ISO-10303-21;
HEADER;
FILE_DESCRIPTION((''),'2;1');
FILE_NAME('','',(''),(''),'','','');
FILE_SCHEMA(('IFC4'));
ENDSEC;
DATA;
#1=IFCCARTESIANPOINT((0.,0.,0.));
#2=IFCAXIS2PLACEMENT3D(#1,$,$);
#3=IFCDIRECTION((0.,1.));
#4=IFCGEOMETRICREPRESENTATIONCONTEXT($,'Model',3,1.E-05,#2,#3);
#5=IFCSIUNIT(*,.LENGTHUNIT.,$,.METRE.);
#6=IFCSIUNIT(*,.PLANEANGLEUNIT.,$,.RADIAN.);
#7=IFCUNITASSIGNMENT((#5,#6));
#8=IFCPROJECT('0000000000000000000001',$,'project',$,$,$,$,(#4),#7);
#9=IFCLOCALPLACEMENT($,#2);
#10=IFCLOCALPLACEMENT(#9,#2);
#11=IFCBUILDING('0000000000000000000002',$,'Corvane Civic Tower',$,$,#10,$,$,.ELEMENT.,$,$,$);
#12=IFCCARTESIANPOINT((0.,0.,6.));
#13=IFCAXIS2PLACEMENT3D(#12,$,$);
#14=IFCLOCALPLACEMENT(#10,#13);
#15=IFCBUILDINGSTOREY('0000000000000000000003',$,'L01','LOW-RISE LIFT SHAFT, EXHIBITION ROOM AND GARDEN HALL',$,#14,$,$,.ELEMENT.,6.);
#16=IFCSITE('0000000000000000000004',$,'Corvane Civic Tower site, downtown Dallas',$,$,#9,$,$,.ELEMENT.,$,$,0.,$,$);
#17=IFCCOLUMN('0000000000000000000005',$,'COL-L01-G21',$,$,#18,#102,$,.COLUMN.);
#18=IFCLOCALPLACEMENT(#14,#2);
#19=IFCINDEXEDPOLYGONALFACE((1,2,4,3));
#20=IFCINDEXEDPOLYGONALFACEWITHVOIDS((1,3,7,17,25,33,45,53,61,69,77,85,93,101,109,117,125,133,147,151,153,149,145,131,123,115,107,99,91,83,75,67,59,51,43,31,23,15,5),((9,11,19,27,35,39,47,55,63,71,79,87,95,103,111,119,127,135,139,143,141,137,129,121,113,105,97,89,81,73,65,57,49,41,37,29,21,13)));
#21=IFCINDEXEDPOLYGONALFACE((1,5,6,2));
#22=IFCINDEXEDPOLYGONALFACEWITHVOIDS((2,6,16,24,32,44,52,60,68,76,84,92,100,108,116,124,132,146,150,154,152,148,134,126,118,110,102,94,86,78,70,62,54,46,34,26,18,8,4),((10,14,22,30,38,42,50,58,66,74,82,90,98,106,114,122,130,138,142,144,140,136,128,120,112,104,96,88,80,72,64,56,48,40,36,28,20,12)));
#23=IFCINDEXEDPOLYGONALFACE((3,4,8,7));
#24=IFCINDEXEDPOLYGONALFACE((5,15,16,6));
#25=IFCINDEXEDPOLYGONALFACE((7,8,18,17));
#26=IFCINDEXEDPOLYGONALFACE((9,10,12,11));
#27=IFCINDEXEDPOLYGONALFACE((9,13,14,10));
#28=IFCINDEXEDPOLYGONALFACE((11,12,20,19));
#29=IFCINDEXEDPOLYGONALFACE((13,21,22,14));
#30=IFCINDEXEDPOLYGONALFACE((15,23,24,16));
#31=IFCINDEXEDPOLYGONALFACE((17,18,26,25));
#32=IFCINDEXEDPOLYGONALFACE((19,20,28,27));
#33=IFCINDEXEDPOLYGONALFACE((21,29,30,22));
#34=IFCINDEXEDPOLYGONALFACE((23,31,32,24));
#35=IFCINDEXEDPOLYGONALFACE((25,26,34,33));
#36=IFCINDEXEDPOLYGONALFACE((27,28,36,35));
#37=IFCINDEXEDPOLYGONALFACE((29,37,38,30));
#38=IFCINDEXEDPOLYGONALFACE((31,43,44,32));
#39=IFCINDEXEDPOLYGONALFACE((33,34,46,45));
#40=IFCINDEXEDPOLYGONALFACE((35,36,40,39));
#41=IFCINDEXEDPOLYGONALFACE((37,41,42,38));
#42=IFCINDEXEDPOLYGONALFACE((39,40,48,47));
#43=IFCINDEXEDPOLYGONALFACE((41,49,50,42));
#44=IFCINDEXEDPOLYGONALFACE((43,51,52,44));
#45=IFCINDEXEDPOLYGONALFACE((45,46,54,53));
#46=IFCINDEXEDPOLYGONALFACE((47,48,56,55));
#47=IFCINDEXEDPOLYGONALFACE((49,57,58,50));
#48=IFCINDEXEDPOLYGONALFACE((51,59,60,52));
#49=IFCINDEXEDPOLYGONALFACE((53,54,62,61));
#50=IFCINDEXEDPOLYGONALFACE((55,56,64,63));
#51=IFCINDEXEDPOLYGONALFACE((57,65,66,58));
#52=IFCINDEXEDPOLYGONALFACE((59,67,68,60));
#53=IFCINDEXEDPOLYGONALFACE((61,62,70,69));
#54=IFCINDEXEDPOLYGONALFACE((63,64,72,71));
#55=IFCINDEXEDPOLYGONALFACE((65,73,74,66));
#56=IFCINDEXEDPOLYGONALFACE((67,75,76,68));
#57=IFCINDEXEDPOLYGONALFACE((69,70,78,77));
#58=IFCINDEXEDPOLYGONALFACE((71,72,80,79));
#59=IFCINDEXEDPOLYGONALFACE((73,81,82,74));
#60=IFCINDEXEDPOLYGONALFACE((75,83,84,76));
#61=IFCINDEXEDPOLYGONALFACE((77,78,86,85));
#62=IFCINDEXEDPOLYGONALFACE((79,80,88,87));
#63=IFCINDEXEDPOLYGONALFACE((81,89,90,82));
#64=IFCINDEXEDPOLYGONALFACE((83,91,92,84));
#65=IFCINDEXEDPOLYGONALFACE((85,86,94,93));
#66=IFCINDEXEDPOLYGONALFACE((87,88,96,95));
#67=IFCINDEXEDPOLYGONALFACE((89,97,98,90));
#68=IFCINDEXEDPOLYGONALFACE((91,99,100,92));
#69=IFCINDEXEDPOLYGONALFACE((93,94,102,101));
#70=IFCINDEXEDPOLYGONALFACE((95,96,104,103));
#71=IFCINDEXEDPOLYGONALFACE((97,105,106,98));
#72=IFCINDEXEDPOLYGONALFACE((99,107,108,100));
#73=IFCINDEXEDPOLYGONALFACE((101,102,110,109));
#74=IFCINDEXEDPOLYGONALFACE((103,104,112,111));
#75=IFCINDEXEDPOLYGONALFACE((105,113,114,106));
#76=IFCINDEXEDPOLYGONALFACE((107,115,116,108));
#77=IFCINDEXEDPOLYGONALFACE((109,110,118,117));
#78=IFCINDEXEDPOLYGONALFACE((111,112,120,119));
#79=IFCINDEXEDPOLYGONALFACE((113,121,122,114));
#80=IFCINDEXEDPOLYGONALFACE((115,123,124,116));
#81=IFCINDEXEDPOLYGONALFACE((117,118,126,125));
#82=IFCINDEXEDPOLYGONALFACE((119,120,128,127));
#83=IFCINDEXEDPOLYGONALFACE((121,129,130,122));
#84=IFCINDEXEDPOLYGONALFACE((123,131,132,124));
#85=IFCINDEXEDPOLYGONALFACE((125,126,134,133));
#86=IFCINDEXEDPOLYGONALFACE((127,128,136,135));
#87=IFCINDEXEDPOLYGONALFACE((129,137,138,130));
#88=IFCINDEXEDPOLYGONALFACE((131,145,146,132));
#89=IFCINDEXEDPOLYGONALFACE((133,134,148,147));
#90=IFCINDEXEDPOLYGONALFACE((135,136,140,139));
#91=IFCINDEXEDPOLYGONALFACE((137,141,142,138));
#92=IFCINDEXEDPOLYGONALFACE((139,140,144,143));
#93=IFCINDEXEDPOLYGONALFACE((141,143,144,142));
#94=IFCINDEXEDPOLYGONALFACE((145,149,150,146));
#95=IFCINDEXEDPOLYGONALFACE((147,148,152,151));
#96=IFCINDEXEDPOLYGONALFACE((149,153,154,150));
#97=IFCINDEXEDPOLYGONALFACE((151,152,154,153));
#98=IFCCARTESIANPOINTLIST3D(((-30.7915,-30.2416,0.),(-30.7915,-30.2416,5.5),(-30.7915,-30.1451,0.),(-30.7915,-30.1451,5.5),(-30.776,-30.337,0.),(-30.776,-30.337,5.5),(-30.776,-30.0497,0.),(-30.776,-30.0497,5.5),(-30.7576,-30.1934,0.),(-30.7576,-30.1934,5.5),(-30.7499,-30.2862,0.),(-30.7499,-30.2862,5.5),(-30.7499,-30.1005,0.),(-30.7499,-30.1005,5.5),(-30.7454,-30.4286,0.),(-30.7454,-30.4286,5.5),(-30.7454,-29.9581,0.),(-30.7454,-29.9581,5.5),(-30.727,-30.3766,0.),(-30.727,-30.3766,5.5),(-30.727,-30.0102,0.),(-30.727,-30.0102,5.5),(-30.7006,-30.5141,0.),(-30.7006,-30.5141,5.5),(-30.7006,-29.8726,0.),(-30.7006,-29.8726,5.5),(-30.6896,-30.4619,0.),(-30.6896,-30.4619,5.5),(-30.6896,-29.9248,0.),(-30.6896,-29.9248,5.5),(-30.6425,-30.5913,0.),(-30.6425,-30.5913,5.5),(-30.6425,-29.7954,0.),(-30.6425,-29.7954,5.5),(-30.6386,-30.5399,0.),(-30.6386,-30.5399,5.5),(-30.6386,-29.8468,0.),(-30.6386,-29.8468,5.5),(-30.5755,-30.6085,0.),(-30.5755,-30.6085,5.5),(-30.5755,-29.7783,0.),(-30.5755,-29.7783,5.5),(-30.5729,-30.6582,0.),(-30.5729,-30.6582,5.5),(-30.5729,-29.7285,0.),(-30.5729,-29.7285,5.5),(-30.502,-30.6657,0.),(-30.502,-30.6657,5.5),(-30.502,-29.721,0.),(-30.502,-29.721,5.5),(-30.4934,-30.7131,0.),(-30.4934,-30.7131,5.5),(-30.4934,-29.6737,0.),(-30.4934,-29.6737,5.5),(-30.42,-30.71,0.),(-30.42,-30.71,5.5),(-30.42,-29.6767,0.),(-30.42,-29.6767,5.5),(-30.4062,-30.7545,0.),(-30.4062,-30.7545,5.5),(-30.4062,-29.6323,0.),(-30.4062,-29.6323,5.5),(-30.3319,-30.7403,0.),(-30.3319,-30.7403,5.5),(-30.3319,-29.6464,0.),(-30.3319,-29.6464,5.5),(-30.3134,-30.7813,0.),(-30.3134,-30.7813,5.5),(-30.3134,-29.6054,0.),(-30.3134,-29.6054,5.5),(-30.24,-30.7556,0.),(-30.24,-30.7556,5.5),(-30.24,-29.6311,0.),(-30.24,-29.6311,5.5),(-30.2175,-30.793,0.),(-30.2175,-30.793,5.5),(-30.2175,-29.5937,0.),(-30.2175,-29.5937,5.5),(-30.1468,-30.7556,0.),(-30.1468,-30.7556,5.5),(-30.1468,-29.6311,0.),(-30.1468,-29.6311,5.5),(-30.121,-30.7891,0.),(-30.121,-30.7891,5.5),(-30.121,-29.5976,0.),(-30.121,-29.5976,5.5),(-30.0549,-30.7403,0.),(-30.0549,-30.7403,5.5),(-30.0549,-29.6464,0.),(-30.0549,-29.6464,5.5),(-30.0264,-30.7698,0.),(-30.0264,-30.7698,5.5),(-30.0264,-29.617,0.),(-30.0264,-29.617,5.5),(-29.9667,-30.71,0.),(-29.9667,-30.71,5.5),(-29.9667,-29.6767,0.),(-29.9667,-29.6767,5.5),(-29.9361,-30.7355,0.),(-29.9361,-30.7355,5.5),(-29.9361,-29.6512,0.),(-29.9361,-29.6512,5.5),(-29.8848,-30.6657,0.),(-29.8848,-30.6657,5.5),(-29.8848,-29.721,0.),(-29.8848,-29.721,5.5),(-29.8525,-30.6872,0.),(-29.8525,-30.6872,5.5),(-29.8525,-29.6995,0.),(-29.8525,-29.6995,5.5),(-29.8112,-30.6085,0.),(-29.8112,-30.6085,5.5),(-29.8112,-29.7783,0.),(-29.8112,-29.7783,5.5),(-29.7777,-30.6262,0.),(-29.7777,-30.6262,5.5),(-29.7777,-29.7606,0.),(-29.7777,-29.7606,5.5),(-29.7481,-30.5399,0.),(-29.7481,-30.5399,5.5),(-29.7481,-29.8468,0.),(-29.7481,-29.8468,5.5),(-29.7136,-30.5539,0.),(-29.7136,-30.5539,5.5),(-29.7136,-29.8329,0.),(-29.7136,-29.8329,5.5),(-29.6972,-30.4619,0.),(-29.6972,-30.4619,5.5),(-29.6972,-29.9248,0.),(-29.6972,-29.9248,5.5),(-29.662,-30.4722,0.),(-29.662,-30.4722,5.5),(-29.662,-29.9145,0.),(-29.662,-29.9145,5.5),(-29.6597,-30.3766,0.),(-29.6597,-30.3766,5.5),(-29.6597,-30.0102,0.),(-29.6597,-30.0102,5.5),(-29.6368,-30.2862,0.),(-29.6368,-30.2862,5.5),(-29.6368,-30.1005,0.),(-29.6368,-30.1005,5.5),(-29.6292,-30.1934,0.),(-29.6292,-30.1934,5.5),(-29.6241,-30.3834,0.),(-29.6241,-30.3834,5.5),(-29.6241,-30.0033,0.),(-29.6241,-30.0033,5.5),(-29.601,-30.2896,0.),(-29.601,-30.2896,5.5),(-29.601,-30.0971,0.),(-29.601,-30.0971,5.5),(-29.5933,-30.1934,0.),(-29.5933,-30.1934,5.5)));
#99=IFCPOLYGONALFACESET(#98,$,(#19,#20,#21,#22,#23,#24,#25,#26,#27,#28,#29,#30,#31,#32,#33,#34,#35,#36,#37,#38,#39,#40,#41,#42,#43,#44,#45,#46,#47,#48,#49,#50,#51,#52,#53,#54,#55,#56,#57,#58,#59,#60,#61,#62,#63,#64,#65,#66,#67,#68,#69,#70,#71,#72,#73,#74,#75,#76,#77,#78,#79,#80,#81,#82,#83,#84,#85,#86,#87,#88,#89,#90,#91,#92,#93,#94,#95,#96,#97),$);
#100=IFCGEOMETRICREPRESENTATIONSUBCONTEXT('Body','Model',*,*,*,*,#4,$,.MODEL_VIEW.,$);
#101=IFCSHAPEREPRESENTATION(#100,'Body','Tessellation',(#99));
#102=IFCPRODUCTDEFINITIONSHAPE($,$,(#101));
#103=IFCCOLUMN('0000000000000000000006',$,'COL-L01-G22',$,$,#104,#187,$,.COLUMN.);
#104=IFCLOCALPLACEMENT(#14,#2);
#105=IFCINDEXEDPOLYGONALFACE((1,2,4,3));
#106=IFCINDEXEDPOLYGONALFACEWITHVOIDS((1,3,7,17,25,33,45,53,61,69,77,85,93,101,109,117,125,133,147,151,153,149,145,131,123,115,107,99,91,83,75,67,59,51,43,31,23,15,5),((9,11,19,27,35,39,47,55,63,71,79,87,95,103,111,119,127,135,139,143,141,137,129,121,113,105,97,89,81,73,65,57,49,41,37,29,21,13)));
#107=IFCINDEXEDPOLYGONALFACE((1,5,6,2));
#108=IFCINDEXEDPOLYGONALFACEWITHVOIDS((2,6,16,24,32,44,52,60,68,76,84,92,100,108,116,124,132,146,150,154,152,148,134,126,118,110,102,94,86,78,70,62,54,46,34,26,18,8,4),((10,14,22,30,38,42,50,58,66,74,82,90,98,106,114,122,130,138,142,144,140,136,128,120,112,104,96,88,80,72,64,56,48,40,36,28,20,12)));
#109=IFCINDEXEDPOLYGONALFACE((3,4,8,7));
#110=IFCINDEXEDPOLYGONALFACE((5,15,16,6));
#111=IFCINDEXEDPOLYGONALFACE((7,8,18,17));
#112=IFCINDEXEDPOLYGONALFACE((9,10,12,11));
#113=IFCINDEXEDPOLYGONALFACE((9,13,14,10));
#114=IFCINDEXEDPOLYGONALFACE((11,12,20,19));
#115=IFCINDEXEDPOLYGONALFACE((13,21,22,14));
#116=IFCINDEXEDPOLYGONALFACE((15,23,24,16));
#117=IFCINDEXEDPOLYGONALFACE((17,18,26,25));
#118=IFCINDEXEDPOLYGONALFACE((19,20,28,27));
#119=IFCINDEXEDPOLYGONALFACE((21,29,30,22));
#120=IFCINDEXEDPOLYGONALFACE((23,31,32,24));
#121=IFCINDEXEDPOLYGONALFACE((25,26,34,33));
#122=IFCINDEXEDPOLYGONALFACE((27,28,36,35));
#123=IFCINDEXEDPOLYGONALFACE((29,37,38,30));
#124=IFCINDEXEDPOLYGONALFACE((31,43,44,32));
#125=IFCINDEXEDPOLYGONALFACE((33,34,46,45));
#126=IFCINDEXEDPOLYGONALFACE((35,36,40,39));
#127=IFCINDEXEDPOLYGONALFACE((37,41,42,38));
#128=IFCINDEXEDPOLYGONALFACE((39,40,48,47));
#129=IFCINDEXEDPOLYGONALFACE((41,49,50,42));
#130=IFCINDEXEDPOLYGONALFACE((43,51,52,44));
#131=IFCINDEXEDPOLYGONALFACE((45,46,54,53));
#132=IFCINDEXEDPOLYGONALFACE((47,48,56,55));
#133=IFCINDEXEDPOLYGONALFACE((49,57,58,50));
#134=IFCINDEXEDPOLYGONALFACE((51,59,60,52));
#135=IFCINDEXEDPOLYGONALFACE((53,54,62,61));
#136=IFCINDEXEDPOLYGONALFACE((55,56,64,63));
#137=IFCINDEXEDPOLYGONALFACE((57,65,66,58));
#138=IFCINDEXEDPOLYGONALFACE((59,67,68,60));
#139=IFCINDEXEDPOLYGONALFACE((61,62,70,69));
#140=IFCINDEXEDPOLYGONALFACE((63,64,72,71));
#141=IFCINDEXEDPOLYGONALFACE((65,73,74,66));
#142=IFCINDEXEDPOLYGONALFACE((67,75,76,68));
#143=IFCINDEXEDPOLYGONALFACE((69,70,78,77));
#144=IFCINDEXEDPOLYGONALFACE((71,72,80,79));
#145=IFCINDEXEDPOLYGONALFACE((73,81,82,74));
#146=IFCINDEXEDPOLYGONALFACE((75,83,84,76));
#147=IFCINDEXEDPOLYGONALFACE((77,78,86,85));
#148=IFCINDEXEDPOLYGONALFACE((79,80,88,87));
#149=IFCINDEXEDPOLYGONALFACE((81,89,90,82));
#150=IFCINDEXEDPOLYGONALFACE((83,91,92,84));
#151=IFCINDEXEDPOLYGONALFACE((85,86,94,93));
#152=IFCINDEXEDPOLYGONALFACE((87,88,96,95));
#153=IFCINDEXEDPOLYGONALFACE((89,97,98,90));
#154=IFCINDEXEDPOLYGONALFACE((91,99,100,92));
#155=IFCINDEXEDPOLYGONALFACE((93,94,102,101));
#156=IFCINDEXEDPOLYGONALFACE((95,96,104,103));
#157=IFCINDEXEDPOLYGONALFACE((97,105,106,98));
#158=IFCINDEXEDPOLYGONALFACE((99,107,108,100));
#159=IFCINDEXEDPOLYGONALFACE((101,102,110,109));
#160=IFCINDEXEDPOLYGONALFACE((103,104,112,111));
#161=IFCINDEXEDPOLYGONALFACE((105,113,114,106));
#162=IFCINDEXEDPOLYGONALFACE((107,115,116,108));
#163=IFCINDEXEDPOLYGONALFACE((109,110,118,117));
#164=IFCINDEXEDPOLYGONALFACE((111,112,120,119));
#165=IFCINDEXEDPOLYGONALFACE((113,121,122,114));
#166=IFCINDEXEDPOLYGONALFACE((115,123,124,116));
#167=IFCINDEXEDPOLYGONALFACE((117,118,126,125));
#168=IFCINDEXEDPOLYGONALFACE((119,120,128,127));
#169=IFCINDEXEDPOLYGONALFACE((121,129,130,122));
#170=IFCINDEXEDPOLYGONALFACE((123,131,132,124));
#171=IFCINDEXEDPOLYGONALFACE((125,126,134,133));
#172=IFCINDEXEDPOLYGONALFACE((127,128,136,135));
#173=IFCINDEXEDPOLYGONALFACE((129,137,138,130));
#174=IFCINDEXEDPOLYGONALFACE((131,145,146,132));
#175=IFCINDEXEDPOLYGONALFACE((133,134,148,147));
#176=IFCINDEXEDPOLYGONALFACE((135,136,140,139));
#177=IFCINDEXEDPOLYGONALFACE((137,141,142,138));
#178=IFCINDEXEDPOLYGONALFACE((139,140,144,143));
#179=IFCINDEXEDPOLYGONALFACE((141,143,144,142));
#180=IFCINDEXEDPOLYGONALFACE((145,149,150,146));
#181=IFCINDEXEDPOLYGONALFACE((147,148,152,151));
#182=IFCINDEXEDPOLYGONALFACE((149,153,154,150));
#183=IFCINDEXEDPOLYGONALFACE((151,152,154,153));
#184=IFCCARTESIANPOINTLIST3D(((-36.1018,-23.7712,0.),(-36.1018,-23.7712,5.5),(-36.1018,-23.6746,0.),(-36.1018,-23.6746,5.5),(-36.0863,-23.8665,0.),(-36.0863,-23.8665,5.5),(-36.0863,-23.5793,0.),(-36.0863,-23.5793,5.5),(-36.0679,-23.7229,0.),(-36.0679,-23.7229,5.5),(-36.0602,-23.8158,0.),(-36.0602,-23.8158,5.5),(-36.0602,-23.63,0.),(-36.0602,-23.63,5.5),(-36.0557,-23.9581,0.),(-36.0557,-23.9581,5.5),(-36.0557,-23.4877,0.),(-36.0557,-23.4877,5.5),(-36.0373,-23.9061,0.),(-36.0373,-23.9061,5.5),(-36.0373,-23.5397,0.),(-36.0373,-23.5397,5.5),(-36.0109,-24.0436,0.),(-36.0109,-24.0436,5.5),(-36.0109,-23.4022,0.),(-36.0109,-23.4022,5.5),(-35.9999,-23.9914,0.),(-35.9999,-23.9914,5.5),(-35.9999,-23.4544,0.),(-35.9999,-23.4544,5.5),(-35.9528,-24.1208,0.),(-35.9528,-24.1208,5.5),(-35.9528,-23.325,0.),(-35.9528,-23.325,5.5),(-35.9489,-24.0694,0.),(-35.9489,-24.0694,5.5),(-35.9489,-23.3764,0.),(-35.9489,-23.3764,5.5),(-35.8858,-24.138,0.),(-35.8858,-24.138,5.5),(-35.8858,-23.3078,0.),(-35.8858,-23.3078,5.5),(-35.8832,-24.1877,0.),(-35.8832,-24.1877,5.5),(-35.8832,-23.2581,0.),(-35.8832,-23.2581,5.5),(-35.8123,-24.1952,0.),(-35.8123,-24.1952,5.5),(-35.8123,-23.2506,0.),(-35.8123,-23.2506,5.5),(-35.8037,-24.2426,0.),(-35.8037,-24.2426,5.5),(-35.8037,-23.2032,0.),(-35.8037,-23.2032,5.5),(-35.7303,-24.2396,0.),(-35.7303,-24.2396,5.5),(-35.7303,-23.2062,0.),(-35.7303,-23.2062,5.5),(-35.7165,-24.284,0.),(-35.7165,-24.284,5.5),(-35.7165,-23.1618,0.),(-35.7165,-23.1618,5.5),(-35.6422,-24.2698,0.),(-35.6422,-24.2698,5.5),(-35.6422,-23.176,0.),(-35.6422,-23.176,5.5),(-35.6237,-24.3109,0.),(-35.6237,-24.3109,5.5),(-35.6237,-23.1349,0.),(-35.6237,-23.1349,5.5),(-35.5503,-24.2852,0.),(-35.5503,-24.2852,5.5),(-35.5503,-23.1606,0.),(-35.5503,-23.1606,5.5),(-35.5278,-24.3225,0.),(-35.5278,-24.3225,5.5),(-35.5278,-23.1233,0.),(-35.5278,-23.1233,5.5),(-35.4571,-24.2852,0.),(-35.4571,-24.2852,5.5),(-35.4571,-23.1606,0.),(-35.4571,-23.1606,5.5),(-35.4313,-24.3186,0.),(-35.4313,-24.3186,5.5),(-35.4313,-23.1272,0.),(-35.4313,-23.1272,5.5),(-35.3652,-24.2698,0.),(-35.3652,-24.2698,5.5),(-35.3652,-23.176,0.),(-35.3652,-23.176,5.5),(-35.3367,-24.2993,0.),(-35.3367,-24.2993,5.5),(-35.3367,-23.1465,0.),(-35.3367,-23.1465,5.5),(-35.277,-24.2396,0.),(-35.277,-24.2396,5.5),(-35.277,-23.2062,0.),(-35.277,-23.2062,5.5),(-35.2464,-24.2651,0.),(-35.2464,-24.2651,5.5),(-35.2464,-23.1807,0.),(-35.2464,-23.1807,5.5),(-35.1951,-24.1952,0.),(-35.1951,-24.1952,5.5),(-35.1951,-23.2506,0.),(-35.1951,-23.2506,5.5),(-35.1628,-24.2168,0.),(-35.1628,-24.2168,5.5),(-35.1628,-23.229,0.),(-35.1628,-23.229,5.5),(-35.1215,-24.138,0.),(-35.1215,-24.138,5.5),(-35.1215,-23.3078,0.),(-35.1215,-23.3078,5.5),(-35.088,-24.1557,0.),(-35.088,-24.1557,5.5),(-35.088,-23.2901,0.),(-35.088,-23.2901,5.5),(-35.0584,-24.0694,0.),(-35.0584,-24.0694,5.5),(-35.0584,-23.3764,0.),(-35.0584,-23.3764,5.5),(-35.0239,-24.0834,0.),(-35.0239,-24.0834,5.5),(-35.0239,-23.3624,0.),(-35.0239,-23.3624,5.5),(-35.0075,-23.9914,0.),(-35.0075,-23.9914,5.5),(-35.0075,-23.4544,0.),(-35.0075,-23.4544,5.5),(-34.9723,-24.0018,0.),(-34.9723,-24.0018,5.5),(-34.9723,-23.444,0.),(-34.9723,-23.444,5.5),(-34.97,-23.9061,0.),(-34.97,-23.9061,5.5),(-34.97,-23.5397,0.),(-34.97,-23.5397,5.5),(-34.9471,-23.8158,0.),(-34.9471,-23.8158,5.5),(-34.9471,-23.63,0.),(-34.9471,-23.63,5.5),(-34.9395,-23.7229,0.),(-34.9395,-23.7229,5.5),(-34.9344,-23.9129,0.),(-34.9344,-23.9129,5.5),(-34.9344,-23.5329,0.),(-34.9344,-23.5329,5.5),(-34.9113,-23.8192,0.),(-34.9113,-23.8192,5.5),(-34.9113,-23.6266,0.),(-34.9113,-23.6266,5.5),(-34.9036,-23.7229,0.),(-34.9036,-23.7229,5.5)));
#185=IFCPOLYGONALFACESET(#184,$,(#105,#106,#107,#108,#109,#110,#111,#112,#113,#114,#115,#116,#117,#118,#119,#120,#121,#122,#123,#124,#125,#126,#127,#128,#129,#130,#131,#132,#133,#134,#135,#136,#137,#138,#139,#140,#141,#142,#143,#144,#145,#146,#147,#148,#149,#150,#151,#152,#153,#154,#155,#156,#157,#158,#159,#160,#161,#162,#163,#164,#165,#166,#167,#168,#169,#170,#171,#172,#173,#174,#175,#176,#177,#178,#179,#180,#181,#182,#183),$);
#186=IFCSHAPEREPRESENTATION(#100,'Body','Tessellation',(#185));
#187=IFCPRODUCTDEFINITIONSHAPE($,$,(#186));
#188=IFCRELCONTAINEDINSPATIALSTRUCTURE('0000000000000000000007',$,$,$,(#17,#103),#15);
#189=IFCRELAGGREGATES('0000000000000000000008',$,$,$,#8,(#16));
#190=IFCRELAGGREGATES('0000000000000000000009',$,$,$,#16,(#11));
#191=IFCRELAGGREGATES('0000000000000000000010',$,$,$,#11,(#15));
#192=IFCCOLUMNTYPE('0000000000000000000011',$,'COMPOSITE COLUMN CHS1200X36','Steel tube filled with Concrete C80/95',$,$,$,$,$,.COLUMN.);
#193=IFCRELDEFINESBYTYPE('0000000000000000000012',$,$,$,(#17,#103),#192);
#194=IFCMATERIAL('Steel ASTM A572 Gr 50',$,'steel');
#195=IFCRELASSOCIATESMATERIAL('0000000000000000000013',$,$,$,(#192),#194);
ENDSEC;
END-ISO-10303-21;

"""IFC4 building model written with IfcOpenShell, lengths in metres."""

from ifc_helpers import new_model, si_unit, direction, frame, origin, origin_2d, place, context, subcontext, project, spatial, hollow_circle, extrude, material, material_profile, profile_set, type_object, element, save


model = new_model("IFC4")

# Units and contexts
model_context = context("Model", 3, precision=1e-05, world=origin(), true_north=direction((0.0, 1.0)))
body_context = subcontext(model_context, "Body", "Model", "MODEL_VIEW")
ifc_project = project(units=[si_unit("LENGTHUNIT", "METRE"), si_unit("PLANEANGLEUNIT", "RADIAN")], contexts=[model_context])

# Site, building, storey
site_placement = place(None, origin())
site = spatial("IfcSite", under=ifc_project, at=site_placement, Name="Corvane Civic Tower site, downtown Dallas", CompositionType="ELEMENT", RefElevation=0.0)
building_placement = place(site_placement, origin())
building = spatial("IfcBuilding", under=site, at=building_placement, Name="Corvane Civic Tower", CompositionType="ELEMENT")
storey_placement = place(building_placement, frame((0.0, 0.0, 6.0)))
storey = spatial("IfcBuildingStorey", under=building, at=storey_placement, Name="L01", Description="LOW-RISE LIFT SHAFT, EXHIBITION ROOM AND GARDEN HALL", CompositionType="ELEMENT", Elevation=6.0)

# Columns
ifc_material_1 = material(Name="Steel ASTM A572 Gr 50", Category="steel")
ifc_material_profile_1 = material_profile(ifc_material_1, hollow_circle(Radius=0.6001, WallThickness=0.0359, at=origin_2d()), Name="CHS1200X36")
ifc_profile_set_1 = profile_set([ifc_material_profile_1], Name="Steel ASTM A572 Gr 50")
column_type_1 = type_object("IfcColumnType", Name="COMPOSITE COLUMN CHS1200X36", Description="Steel tube filled with Concrete C80/95", PredefinedType="COLUMN", material=ifc_profile_set_1)
for number, where, z_axis, x_axis, name in (
    (1, (-30.1934, -30.1934, 0.0), (0.0, 0.0, 1.0), (1.0, 0.0, 0.0), "COL-L01-G21"),
    (2, (-35.5037, -23.7229, 0.0), (0.0, 0.0, 1.0), (1.0, 0.0, 0.0), "COL-L01-G22"),
):
    element("IfcColumn", number, at=place(storey_placement, frame(where, z_axis=z_axis, x_axis=x_axis)), inside=storey, type_object=column_type_1, Name=name, PredefinedType="COLUMN", context=body_context, shape_type="SweptSolid", body=[
        extrude(hollow_circle(Radius=0.6001, WallThickness=0.0359, at=origin_2d()), origin(), (0.0, 0.0, 1.0), 5.5),
    ])

save(model, "model.ifc")
